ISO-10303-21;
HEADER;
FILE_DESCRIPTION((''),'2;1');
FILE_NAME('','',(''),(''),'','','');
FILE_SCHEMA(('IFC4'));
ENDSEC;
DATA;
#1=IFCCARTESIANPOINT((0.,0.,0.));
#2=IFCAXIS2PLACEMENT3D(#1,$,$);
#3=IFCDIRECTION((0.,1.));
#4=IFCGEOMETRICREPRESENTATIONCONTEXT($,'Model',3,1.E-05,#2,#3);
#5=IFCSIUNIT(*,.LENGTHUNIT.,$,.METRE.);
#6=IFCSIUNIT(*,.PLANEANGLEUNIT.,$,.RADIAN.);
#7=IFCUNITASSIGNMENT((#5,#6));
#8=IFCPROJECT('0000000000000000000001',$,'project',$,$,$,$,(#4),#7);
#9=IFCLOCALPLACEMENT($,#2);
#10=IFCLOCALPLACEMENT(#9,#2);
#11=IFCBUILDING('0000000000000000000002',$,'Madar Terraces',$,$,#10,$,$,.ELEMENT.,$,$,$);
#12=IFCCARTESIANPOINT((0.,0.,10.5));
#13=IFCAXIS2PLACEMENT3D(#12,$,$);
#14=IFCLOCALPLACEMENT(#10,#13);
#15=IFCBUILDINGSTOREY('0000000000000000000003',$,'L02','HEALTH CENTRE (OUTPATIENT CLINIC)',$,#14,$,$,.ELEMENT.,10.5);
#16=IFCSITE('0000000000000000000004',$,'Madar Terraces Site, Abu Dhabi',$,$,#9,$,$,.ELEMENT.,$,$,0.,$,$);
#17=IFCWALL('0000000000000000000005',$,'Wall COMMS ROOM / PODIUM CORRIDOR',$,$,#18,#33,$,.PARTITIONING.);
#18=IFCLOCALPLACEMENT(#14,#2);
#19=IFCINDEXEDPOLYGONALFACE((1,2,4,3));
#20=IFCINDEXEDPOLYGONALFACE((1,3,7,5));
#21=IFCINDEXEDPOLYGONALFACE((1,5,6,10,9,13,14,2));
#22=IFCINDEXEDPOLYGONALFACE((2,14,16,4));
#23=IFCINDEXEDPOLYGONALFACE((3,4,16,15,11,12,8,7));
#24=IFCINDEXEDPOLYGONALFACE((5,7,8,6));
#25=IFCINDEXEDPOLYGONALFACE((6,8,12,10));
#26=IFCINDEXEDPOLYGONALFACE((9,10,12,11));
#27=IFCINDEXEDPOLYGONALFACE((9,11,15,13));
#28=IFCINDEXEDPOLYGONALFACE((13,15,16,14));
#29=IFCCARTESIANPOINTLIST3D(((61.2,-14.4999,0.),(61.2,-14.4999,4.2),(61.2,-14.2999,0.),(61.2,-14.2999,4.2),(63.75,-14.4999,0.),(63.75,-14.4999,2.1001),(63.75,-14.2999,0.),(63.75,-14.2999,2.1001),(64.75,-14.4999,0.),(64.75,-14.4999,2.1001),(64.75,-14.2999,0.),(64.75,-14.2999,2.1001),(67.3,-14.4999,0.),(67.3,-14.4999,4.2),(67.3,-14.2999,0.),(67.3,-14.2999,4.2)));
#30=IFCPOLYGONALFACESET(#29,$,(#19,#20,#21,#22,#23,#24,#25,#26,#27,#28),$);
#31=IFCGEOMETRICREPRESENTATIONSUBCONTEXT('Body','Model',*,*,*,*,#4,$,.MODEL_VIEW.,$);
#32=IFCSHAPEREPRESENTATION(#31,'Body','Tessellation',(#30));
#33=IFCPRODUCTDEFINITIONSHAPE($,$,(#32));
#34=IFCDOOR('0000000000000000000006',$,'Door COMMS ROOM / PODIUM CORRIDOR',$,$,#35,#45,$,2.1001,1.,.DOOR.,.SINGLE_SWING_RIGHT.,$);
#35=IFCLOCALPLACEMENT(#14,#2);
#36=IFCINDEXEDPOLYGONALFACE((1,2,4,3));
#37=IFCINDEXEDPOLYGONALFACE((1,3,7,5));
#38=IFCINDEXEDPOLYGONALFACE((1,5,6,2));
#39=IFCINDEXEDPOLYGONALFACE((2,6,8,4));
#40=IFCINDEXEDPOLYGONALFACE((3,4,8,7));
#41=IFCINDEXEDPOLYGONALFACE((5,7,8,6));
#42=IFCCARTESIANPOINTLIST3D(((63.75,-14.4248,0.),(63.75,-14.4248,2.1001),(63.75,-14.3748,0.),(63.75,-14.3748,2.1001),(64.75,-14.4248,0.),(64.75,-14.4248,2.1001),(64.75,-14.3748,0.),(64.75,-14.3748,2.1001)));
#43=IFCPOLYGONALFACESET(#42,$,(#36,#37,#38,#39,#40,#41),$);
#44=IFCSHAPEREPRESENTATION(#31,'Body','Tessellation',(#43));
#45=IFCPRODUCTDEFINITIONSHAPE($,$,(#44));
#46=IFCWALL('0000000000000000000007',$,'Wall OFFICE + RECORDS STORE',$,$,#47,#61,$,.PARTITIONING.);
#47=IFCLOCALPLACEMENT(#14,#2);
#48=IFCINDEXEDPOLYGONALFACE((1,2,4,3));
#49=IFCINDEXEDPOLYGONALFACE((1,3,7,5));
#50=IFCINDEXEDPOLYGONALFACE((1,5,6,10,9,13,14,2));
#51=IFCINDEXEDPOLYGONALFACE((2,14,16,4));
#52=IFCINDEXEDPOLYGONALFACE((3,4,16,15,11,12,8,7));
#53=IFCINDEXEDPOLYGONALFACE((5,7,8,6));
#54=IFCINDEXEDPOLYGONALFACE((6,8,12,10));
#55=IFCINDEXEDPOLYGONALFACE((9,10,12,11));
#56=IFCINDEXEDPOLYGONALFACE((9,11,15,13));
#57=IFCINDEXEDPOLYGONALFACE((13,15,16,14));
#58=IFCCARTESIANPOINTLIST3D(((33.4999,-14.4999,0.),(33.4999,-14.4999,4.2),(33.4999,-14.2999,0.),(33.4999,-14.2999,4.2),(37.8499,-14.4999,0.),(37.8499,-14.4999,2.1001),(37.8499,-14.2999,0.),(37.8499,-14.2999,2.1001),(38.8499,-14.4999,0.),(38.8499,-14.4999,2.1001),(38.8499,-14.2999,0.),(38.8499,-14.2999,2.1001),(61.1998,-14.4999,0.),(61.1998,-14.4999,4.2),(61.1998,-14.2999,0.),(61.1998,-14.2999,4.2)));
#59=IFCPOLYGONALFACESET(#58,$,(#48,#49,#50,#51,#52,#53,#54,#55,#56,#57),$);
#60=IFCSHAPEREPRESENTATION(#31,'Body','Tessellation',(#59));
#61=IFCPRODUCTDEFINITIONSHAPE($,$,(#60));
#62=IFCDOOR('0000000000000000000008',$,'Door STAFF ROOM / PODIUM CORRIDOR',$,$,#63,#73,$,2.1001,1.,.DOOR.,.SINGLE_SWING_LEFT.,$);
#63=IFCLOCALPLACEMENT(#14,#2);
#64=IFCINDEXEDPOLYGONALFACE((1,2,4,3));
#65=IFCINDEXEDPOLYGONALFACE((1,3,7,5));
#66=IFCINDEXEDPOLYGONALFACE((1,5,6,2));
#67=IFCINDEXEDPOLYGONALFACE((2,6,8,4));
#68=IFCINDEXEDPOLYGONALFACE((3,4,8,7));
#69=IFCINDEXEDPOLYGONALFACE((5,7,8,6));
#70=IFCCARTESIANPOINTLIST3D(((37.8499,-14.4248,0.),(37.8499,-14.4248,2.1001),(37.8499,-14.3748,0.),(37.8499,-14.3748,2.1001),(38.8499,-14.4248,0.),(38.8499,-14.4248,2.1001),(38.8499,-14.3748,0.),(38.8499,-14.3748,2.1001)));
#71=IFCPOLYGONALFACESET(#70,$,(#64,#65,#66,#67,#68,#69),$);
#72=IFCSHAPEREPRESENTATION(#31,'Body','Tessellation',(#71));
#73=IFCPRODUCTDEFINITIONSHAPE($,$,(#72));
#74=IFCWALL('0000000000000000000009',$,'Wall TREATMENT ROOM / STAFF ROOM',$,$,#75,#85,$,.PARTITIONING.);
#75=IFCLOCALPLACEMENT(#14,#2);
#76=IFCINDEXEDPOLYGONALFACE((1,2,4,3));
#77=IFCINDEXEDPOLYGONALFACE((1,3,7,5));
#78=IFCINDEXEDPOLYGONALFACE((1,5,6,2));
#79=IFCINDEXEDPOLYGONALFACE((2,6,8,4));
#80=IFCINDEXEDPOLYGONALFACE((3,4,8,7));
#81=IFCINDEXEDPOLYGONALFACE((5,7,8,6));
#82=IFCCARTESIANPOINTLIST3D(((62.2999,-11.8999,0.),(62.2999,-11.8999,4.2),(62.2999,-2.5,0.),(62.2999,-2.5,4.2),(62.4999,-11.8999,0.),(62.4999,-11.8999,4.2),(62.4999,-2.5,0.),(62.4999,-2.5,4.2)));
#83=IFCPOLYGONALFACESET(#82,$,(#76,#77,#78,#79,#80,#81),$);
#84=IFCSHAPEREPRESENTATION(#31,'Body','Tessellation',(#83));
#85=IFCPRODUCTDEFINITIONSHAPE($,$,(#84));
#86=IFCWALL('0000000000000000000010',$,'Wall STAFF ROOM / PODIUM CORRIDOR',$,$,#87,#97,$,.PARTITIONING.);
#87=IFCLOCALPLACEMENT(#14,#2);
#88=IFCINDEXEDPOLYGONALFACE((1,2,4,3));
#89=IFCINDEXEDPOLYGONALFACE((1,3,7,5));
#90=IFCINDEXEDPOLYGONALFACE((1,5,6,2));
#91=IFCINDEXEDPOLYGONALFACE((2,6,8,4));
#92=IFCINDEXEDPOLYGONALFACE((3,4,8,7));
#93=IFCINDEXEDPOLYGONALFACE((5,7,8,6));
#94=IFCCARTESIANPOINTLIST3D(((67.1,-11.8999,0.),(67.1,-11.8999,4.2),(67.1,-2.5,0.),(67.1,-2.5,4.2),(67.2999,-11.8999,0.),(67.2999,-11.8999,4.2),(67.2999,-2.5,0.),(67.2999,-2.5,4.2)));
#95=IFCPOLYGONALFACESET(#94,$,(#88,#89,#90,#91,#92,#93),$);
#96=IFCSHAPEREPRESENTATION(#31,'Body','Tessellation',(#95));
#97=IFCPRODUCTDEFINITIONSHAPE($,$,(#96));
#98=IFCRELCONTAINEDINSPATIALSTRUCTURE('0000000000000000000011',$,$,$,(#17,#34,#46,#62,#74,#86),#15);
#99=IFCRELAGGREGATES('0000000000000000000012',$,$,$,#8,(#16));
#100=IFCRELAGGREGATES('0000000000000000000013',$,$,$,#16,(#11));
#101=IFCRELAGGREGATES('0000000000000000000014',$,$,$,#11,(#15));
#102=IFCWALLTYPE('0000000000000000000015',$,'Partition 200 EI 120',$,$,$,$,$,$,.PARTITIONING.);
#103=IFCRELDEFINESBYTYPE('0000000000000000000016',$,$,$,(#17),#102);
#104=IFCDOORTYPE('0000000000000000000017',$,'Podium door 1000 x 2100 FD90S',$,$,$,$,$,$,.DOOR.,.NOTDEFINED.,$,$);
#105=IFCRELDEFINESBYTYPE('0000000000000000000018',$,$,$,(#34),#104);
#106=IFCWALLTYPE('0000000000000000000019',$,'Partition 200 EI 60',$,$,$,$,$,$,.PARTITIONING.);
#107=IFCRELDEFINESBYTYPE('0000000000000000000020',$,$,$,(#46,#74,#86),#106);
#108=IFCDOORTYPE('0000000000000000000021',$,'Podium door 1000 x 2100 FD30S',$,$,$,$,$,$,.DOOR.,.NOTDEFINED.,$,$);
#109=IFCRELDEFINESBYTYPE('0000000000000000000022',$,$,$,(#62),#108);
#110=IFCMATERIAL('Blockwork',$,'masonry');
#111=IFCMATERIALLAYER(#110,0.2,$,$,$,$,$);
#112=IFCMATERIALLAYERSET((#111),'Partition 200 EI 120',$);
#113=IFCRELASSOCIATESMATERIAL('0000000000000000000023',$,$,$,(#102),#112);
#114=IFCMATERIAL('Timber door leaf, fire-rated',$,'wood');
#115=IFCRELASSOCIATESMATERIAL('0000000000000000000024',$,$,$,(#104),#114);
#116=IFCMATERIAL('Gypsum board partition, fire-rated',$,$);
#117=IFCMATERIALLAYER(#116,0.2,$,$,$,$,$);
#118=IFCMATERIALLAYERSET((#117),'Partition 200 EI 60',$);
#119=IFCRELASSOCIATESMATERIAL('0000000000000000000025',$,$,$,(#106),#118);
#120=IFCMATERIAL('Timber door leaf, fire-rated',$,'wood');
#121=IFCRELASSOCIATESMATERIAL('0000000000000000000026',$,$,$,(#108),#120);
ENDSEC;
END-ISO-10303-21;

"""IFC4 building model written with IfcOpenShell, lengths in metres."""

from ifc_helpers import new_model, si_unit, direction, frame, frame_2d, origin, place, context, subcontext, project, spatial, rectangle, extrude, material, layer, layer_set, type_object, element, fill, save


model = new_model("IFC4")

# Units and contexts
model_context = context("Model", 3, precision=1e-05, world=origin(), true_north=direction((0.0, 1.0)))
body_context = subcontext(model_context, "Body", "Model", "MODEL_VIEW")
ifc_project = project(units=[si_unit("LENGTHUNIT", "METRE"), si_unit("PLANEANGLEUNIT", "RADIAN")], contexts=[model_context])

# Site, building, storey
site_placement = place(None, origin())
site = spatial("IfcSite", under=ifc_project, at=site_placement, Name="Madar Terraces Site, Abu Dhabi", CompositionType="ELEMENT", RefElevation=0.0)
building_placement = place(site_placement, origin())
building = spatial("IfcBuilding", under=site, at=building_placement, Name="Madar Terraces", CompositionType="ELEMENT")
storey_placement = place(building_placement, frame((0.0, 0.0, 10.5)))
storey = spatial("IfcBuildingStorey", under=building, at=storey_placement, Name="L02", Description="HEALTH CENTRE (OUTPATIENT CLINIC)", CompositionType="ELEMENT", Elevation=10.5)

# Walls, openings, doors
ifc_material_1 = material(Name="Blockwork", Category="masonry")
ifc_layer_1 = layer(ifc_material_1, 0.2)
ifc_layer_set_1 = layer_set([ifc_layer_1], Name="Partition 200 EI 120")
wall_type_1 = type_object("IfcWallType", Name="Partition 200 EI 120", PredefinedType="PARTITIONING", material=ifc_layer_set_1)
wall_1_placement = place(storey_placement, frame((67.3, -14.3999, 0.0), z_axis=(0.0, 0.0, 1.0), x_axis=(-1.0, 0.0, 0.0)))
wall_1 = element("IfcWall", 1, at=wall_1_placement, inside=storey, type_object=wall_type_1, Name="Wall COMMS ROOM / PODIUM CORRIDOR", PredefinedType="PARTITIONING", context=body_context, shape_type="SweptSolid", body=[
    extrude(rectangle(XDim=6.1001, YDim=0.2, at=frame_2d((3.05, 0.0))), origin(), (0.0, 0.0, 1.0), 4.2),
])
opening_1_placement = place(wall_1_placement, frame((2.55, 0.0, 0.0)))
opening_1 = element("IfcOpeningElement", 2, at=opening_1_placement, cuts=wall_1, PredefinedType="OPENING", context=body_context, shape_type="SweptSolid", body=[
    extrude(rectangle(XDim=1.0, YDim=2.1001, at=frame_2d((0.5, 1.05))), frame((0.0, 0.1099, 0.0), z_axis=(0.0, -1.0, 0.0), x_axis=(1.0, 0.0, 0.0)), (0.0, 0.0, 1.0), 0.22),
])
ifc_material_2 = material(Name="Timber door leaf, fire-rated", Category="wood")
door_type_1 = type_object("IfcDoorType", Name="Podium door 1000 x 2100 FD90S", OperationType="NOTDEFINED", PredefinedType="DOOR", material=ifc_material_2)
door_1_placement = place(opening_1_placement, origin())
door_1 = element("IfcDoor", 3, at=door_1_placement, inside=storey, type_object=door_type_1, Name="Door COMMS ROOM / PODIUM CORRIDOR", OperationType="SINGLE_SWING_RIGHT", OverallHeight=2.1001, OverallWidth=1.0, PredefinedType="DOOR", context=body_context, shape_type="SweptSolid", body=[
    extrude(rectangle(XDim=1.0, YDim=2.1001, at=frame_2d((0.5, 1.05))), frame((0.0, 0.0249, 0.0), z_axis=(0.0, -1.0, 0.0), x_axis=(1.0, 0.0, 0.0)), (0.0, 0.0, 1.0), 0.05),
])
fill(opening_1, door_1)
ifc_material_3 = material(Name="Gypsum board partition, fire-rated")
ifc_layer_2 = layer(ifc_material_3, 0.2)
ifc_layer_set_2 = layer_set([ifc_layer_2], Name="Partition 200 EI 60")
wall_type_2 = type_object("IfcWallType", Name="Partition 200 EI 60", PredefinedType="PARTITIONING", material=ifc_layer_set_2)
wall_2_placement = place(storey_placement, frame((61.2, -14.3999, 0.0), z_axis=(0.0, 0.0, 1.0), x_axis=(-1.0, 0.0, 0.0)))
wall_2 = element("IfcWall", 4, at=wall_2_placement, inside=storey, type_object=wall_type_2, Name="Wall OFFICE + RECORDS STORE", PredefinedType="PARTITIONING", context=body_context, shape_type="SweptSolid", body=[
    extrude(rectangle(XDim=27.7, YDim=0.2, at=frame_2d((13.8501, 0.0))), origin(), (0.0, 0.0, 1.0), 4.2),
])
opening_2_placement = place(wall_2_placement, frame((22.3501, 0.0, 0.0)))
opening_2 = element("IfcOpeningElement", 5, at=opening_2_placement, cuts=wall_2, PredefinedType="OPENING", context=body_context, shape_type="SweptSolid", body=[
    extrude(rectangle(XDim=1.0, YDim=2.1001, at=frame_2d((0.5, 1.05))), frame((0.0, 0.1099, 0.0), z_axis=(0.0, -1.0, 0.0), x_axis=(1.0, 0.0, 0.0)), (0.0, 0.0, 1.0), 0.22),
])
ifc_material_4 = material(Name="Timber door leaf, fire-rated", Category="wood")
door_type_2 = type_object("IfcDoorType", Name="Podium door 1000 x 2100 FD30S", OperationType="NOTDEFINED", PredefinedType="DOOR", material=ifc_material_4)
door_2_placement = place(opening_2_placement, origin())
door_2 = element("IfcDoor", 6, at=door_2_placement, inside=storey, type_object=door_type_2, Name="Door STAFF ROOM / PODIUM CORRIDOR", OperationType="SINGLE_SWING_LEFT", OverallHeight=2.1001, OverallWidth=1.0, PredefinedType="DOOR", context=body_context, shape_type="SweptSolid", body=[
    extrude(rectangle(XDim=1.0, YDim=2.1001, at=frame_2d((0.5, 1.05))), frame((0.0, 0.0249, 0.0), z_axis=(0.0, -1.0, 0.0), x_axis=(1.0, 0.0, 0.0)), (0.0, 0.0, 1.0), 0.05),
])
fill(opening_2, door_2)

# Walls
for number, where, z_axis, x_axis, name in (
    (7, (62.3999, -11.8999, 0.0), (0.0, 0.0, 1.0), (0.0, 1.0, 0.0), "Wall TREATMENT ROOM / STAFF ROOM"),
    (8, (67.2, -11.8999, 0.0), (0.0, 0.0, 1.0), (0.0, 1.0, 0.0), "Wall STAFF ROOM / PODIUM CORRIDOR"),
):
    element("IfcWall", number, at=place(storey_placement, frame(where, z_axis=z_axis, x_axis=x_axis)), inside=storey, type_object=wall_type_2, Name=name, PredefinedType="PARTITIONING", context=body_context, shape_type="SweptSolid", body=[
        extrude(rectangle(XDim=9.3999, YDim=0.2, at=frame_2d((4.7, 0.0))), origin(), (0.0, 0.0, 1.0), 4.2),
    ])

save(model, "model.ifc")
